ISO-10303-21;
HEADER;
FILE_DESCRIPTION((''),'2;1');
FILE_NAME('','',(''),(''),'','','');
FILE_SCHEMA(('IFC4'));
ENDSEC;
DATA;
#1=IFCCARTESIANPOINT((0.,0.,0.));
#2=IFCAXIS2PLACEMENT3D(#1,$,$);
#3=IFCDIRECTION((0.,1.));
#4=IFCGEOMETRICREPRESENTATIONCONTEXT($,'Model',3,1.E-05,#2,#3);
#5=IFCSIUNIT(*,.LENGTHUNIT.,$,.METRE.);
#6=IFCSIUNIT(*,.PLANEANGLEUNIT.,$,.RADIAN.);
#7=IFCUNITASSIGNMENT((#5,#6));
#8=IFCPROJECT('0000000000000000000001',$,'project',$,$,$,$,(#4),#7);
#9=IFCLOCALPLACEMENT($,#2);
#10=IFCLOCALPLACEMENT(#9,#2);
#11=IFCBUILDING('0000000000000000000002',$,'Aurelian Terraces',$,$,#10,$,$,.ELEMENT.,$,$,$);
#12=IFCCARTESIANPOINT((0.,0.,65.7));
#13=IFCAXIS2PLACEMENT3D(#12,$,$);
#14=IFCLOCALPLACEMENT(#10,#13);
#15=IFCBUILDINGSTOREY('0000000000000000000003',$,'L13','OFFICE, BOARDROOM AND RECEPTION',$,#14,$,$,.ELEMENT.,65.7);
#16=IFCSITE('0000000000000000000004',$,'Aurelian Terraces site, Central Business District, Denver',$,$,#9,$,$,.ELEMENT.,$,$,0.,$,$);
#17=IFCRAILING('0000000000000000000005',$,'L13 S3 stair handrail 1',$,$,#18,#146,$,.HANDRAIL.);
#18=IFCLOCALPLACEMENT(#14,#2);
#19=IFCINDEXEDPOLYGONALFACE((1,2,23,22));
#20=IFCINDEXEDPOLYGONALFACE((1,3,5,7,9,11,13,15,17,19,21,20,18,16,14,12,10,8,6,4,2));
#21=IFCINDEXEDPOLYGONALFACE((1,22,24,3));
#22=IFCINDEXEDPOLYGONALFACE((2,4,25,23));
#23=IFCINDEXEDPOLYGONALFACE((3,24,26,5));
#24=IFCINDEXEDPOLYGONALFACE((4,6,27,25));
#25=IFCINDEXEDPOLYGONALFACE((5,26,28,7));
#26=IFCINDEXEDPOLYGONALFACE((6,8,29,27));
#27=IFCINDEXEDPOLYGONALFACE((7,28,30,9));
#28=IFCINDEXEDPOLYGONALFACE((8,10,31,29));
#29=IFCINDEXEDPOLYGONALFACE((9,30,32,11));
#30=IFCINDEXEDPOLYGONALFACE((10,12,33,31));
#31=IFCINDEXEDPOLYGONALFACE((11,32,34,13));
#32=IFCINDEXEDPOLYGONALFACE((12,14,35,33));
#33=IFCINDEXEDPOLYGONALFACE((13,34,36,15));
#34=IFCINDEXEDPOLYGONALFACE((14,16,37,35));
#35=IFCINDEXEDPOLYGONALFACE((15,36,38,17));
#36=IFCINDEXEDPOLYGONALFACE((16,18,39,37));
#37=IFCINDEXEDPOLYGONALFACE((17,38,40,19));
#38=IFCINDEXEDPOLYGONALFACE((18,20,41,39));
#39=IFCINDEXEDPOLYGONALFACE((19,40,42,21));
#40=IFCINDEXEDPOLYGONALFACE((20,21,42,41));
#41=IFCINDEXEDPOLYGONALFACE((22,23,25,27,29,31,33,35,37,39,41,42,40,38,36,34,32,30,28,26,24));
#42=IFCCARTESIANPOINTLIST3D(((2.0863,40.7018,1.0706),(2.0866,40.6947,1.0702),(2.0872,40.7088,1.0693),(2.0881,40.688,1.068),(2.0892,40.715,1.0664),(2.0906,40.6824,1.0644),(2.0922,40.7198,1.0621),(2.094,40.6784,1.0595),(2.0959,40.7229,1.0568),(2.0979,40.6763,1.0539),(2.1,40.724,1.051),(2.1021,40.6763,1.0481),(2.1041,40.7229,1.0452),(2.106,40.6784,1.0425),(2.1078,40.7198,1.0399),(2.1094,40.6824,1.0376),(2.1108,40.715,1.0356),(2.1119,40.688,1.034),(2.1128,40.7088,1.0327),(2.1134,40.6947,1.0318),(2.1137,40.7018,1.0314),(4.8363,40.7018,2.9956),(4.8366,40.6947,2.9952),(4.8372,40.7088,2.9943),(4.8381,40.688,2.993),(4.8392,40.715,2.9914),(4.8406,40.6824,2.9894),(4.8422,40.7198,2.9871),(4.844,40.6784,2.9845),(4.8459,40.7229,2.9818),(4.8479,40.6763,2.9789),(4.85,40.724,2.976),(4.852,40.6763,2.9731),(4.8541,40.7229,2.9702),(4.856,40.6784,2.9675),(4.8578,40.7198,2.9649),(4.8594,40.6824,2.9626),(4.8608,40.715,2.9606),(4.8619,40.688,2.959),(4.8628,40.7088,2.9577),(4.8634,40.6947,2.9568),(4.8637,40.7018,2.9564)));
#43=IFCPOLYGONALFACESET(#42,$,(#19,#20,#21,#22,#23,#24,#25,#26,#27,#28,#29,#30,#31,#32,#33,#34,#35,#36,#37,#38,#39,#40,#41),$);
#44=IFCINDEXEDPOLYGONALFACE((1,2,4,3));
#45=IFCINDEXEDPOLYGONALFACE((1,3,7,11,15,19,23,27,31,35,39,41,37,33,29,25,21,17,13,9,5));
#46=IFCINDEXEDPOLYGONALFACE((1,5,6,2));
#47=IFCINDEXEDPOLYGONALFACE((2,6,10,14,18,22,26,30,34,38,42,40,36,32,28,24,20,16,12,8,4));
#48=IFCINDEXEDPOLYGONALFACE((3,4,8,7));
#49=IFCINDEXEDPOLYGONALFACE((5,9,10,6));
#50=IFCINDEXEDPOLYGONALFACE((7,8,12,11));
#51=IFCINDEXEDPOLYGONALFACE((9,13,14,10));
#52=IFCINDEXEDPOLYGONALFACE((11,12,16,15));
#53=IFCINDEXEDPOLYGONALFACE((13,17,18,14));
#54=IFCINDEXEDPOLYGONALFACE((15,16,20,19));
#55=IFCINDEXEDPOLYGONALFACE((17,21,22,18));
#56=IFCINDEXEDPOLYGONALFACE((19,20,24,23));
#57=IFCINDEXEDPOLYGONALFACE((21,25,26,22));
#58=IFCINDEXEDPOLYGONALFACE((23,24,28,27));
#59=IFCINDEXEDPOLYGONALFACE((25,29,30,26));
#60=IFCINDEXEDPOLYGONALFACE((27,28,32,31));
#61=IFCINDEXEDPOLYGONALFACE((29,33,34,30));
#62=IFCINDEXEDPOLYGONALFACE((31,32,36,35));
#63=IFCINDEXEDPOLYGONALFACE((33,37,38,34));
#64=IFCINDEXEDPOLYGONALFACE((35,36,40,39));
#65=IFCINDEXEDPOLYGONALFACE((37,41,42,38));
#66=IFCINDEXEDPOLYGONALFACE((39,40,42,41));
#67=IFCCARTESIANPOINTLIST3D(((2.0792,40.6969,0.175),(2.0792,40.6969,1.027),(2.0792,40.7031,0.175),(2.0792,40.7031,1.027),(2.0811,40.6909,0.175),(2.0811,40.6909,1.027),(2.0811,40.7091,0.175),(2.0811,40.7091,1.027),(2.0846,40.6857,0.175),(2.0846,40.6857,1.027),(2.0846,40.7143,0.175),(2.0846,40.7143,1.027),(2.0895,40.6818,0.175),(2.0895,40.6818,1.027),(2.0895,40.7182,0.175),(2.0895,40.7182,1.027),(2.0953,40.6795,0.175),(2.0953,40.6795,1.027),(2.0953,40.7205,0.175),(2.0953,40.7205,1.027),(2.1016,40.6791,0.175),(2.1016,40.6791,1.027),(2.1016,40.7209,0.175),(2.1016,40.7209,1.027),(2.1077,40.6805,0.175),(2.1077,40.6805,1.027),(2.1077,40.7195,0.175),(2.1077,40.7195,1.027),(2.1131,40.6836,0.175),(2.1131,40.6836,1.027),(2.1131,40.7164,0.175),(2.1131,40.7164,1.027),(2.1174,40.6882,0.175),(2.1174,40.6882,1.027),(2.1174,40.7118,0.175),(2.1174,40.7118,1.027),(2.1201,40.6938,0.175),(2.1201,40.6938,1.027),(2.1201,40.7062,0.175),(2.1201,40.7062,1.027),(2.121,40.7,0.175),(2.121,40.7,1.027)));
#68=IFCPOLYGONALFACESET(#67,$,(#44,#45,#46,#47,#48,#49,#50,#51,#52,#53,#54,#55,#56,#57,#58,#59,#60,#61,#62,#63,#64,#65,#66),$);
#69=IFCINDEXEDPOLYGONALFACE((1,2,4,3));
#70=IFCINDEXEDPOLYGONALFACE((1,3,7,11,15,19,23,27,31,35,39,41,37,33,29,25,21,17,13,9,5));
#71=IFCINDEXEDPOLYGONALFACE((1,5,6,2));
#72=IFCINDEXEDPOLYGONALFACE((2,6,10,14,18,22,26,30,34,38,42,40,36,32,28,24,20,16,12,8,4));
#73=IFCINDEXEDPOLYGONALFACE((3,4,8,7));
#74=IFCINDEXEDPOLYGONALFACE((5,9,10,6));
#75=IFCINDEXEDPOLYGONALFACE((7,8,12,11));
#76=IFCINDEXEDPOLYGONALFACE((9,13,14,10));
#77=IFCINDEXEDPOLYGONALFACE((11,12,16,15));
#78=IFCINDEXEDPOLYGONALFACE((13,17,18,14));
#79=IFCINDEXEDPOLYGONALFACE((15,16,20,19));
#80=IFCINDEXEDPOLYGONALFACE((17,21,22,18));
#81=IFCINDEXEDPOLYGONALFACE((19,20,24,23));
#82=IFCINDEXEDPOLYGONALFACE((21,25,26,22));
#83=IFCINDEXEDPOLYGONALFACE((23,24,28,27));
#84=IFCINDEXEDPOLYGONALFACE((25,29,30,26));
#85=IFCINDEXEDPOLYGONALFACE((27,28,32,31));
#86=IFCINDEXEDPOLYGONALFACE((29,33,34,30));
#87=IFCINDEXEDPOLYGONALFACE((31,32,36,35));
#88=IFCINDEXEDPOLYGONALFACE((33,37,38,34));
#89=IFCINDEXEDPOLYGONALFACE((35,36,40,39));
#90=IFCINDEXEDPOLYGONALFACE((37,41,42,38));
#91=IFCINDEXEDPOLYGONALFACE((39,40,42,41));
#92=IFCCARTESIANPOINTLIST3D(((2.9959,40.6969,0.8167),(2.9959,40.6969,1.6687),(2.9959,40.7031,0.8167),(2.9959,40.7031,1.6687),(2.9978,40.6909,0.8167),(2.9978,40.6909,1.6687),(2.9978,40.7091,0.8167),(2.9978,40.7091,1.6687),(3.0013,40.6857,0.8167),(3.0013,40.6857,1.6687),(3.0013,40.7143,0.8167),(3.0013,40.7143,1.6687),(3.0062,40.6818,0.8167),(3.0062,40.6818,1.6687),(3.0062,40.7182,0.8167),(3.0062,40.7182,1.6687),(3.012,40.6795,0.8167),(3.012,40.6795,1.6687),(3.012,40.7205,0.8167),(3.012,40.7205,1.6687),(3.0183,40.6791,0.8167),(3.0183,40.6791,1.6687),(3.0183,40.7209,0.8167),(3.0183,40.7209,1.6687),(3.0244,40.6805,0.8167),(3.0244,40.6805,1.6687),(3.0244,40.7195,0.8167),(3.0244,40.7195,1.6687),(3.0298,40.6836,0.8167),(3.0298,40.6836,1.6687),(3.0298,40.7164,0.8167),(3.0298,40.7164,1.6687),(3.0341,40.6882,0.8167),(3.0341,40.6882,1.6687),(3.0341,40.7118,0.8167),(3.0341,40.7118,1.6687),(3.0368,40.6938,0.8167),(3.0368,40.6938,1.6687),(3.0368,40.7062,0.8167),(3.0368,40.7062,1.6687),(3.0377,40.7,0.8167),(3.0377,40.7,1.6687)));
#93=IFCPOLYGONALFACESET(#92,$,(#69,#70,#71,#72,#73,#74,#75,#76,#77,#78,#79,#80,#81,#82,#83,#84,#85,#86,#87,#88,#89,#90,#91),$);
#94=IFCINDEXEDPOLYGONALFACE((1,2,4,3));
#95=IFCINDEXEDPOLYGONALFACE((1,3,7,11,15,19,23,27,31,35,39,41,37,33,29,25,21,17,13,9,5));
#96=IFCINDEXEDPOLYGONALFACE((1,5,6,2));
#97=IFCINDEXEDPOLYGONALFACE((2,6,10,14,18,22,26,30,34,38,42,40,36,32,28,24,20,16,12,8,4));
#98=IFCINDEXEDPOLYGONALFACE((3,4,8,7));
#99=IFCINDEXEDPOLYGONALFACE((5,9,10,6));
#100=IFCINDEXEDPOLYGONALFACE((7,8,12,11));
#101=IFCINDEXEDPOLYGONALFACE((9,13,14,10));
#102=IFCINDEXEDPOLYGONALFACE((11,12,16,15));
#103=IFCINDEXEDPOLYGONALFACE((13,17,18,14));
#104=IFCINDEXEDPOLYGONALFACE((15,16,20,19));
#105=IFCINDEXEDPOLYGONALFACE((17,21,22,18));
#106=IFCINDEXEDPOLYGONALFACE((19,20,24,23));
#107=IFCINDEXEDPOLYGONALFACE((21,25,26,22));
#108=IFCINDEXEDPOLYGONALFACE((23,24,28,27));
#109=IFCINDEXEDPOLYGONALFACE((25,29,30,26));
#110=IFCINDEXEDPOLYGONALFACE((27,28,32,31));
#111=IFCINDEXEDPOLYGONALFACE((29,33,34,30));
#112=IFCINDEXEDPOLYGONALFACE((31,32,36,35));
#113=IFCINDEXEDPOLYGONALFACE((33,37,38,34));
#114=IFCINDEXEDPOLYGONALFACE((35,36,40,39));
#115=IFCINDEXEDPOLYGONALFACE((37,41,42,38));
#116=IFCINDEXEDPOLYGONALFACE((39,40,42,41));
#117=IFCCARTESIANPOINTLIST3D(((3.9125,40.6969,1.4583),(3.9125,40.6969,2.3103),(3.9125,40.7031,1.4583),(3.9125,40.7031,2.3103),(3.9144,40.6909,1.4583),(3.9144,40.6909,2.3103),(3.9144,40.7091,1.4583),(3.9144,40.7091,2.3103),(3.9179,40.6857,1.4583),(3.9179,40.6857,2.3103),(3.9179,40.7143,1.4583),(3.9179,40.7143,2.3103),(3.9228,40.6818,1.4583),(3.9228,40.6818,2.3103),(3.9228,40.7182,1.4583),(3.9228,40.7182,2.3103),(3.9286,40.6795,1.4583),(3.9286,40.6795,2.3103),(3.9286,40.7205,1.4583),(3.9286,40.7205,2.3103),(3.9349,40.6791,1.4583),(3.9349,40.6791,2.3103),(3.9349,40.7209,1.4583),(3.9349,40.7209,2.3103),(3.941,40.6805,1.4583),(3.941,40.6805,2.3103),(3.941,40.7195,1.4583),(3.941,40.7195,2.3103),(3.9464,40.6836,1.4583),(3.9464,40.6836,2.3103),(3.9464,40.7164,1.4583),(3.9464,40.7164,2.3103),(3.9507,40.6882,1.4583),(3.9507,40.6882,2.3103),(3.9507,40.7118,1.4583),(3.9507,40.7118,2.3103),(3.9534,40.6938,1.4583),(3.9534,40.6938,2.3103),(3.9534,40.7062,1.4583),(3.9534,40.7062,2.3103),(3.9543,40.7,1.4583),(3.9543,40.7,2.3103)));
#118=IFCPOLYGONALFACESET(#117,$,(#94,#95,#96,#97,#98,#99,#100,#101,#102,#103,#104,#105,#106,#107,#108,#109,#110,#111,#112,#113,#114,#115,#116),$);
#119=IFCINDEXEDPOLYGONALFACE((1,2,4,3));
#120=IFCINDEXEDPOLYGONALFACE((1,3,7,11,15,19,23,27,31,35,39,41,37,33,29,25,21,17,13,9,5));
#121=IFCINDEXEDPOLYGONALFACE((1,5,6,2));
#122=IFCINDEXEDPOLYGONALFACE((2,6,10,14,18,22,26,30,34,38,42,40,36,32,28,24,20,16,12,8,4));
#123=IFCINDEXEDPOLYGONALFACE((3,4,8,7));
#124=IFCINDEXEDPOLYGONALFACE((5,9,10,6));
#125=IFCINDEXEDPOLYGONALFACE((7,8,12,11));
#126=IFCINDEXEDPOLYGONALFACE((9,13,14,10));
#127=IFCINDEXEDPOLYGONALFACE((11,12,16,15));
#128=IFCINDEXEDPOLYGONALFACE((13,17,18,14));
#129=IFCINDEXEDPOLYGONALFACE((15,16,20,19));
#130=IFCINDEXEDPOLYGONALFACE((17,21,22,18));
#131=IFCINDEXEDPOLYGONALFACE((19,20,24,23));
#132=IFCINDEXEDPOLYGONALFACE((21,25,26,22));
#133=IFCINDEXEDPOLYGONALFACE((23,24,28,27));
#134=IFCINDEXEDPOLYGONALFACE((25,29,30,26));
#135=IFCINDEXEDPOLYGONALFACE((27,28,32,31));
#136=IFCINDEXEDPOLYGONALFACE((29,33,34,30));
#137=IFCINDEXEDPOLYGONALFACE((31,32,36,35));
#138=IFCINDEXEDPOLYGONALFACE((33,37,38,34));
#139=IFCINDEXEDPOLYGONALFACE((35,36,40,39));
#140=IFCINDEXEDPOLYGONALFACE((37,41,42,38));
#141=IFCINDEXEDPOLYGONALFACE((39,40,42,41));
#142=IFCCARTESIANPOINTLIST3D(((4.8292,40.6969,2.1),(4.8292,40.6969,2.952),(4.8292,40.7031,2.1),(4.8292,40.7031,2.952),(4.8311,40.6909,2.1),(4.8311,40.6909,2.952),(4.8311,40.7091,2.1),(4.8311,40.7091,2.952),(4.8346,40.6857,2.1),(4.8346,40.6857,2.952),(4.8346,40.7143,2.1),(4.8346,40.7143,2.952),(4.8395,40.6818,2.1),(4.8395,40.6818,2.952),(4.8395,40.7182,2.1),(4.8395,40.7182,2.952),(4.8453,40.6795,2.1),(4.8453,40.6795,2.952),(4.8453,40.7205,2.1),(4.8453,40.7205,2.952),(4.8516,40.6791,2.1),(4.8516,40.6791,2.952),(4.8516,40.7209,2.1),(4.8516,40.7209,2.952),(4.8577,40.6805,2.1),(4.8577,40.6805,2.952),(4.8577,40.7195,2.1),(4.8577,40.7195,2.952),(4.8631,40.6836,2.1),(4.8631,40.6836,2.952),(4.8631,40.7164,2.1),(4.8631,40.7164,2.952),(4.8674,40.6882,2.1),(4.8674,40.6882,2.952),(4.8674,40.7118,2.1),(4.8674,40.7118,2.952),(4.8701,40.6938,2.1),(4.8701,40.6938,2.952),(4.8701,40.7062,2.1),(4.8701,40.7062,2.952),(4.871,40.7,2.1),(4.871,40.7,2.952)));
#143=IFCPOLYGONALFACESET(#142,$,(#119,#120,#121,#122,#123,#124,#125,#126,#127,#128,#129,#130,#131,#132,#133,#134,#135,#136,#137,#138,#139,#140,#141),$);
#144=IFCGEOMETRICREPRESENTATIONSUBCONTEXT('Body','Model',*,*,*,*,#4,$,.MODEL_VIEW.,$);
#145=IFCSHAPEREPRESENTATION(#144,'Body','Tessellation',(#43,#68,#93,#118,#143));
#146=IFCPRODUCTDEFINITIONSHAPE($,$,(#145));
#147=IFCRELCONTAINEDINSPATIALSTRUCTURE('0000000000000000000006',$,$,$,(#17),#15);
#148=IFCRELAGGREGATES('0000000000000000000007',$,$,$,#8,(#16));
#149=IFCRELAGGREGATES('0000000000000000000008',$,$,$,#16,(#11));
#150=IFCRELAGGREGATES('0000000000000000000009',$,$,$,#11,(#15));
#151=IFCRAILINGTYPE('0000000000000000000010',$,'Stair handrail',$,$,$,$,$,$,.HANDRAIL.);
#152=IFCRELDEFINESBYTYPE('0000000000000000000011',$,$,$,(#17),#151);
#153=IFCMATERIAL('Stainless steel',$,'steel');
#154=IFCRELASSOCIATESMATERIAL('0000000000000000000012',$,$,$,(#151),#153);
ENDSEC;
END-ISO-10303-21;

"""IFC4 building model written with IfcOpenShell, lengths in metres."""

from ifc_helpers import new_model, si_unit, direction, frame, origin, origin_2d, place, context, subcontext, project, spatial, circle, extrude, source, transform, mapped, material, type_object, element, save


model = new_model("IFC4")

# Units and contexts
model_context = context("Model", 3, precision=1e-05, world=origin(), true_north=direction((0.0, 1.0)))
body_context = subcontext(model_context, "Body", "Model", "MODEL_VIEW")
ifc_project = project(units=[si_unit("LENGTHUNIT", "METRE"), si_unit("PLANEANGLEUNIT", "RADIAN")], contexts=[model_context])

# Site, building, storey
site_placement = place(None, origin())
site = spatial("IfcSite", under=ifc_project, at=site_placement, Name="Aurelian Terraces site, Central Business District, Denver", CompositionType="ELEMENT", RefElevation=0.0)
building_placement = place(site_placement, origin())
building = spatial("IfcBuilding", under=site, at=building_placement, Name="Aurelian Terraces", CompositionType="ELEMENT")
storey_placement = place(building_placement, frame((0.0, 0.0, 65.7)))
storey = spatial("IfcBuildingStorey", under=building, at=storey_placement, Name="L13", Description="OFFICE, BOARDROOM AND RECEPTION", CompositionType="ELEMENT", Elevation=65.7)

# Railing
ifc_material_1 = material(Name="Stainless steel", Category="steel")
railing_type_1 = type_object("IfcRailingType", Name="Stair handrail", PredefinedType="HANDRAIL", material=ifc_material_1)
shared_shape_1 = source(origin(), body_context, "Body", "SweptSolid", [
    extrude(circle(Radius=0.024, at=origin_2d()), frame((0.0, 0.0, 0.876), z_axis=(0.819232, 0.0, 0.573462), x_axis=(0.0, 1.0, 0.0)), (0.0, 0.0, 1.0), 3.3568),
    extrude(circle(Radius=0.021, at=origin_2d()), origin(), (0.0, 0.0, 1.0), 0.852),
    extrude(circle(Radius=0.021, at=origin_2d()), frame((0.9167, 0.0, 0.6417)), (0.0, 0.0, 1.0), 0.852),
    extrude(circle(Radius=0.021, at=origin_2d()), frame((1.8333, 0.0, 1.2833)), (0.0, 0.0, 1.0), 0.852),
    extrude(circle(Radius=0.021, at=origin_2d()), frame((2.75, 0.0, 1.925)), (0.0, 0.0, 1.0), 0.852),
])
railing_1_placement = place(storey_placement, frame((2.1, 40.7, 0.175)))
element("IfcRailing", 1, at=railing_1_placement, inside=storey, type_object=railing_type_1, Name="L13 S3 stair handrail 1", PredefinedType="HANDRAIL", context=body_context, shape_type="MappedRepresentation", body=[
    mapped(shared_shape_1, transform((0.0, 0.0, 0.0), scale=1.0)),
])

save(model, "model.ifc")
